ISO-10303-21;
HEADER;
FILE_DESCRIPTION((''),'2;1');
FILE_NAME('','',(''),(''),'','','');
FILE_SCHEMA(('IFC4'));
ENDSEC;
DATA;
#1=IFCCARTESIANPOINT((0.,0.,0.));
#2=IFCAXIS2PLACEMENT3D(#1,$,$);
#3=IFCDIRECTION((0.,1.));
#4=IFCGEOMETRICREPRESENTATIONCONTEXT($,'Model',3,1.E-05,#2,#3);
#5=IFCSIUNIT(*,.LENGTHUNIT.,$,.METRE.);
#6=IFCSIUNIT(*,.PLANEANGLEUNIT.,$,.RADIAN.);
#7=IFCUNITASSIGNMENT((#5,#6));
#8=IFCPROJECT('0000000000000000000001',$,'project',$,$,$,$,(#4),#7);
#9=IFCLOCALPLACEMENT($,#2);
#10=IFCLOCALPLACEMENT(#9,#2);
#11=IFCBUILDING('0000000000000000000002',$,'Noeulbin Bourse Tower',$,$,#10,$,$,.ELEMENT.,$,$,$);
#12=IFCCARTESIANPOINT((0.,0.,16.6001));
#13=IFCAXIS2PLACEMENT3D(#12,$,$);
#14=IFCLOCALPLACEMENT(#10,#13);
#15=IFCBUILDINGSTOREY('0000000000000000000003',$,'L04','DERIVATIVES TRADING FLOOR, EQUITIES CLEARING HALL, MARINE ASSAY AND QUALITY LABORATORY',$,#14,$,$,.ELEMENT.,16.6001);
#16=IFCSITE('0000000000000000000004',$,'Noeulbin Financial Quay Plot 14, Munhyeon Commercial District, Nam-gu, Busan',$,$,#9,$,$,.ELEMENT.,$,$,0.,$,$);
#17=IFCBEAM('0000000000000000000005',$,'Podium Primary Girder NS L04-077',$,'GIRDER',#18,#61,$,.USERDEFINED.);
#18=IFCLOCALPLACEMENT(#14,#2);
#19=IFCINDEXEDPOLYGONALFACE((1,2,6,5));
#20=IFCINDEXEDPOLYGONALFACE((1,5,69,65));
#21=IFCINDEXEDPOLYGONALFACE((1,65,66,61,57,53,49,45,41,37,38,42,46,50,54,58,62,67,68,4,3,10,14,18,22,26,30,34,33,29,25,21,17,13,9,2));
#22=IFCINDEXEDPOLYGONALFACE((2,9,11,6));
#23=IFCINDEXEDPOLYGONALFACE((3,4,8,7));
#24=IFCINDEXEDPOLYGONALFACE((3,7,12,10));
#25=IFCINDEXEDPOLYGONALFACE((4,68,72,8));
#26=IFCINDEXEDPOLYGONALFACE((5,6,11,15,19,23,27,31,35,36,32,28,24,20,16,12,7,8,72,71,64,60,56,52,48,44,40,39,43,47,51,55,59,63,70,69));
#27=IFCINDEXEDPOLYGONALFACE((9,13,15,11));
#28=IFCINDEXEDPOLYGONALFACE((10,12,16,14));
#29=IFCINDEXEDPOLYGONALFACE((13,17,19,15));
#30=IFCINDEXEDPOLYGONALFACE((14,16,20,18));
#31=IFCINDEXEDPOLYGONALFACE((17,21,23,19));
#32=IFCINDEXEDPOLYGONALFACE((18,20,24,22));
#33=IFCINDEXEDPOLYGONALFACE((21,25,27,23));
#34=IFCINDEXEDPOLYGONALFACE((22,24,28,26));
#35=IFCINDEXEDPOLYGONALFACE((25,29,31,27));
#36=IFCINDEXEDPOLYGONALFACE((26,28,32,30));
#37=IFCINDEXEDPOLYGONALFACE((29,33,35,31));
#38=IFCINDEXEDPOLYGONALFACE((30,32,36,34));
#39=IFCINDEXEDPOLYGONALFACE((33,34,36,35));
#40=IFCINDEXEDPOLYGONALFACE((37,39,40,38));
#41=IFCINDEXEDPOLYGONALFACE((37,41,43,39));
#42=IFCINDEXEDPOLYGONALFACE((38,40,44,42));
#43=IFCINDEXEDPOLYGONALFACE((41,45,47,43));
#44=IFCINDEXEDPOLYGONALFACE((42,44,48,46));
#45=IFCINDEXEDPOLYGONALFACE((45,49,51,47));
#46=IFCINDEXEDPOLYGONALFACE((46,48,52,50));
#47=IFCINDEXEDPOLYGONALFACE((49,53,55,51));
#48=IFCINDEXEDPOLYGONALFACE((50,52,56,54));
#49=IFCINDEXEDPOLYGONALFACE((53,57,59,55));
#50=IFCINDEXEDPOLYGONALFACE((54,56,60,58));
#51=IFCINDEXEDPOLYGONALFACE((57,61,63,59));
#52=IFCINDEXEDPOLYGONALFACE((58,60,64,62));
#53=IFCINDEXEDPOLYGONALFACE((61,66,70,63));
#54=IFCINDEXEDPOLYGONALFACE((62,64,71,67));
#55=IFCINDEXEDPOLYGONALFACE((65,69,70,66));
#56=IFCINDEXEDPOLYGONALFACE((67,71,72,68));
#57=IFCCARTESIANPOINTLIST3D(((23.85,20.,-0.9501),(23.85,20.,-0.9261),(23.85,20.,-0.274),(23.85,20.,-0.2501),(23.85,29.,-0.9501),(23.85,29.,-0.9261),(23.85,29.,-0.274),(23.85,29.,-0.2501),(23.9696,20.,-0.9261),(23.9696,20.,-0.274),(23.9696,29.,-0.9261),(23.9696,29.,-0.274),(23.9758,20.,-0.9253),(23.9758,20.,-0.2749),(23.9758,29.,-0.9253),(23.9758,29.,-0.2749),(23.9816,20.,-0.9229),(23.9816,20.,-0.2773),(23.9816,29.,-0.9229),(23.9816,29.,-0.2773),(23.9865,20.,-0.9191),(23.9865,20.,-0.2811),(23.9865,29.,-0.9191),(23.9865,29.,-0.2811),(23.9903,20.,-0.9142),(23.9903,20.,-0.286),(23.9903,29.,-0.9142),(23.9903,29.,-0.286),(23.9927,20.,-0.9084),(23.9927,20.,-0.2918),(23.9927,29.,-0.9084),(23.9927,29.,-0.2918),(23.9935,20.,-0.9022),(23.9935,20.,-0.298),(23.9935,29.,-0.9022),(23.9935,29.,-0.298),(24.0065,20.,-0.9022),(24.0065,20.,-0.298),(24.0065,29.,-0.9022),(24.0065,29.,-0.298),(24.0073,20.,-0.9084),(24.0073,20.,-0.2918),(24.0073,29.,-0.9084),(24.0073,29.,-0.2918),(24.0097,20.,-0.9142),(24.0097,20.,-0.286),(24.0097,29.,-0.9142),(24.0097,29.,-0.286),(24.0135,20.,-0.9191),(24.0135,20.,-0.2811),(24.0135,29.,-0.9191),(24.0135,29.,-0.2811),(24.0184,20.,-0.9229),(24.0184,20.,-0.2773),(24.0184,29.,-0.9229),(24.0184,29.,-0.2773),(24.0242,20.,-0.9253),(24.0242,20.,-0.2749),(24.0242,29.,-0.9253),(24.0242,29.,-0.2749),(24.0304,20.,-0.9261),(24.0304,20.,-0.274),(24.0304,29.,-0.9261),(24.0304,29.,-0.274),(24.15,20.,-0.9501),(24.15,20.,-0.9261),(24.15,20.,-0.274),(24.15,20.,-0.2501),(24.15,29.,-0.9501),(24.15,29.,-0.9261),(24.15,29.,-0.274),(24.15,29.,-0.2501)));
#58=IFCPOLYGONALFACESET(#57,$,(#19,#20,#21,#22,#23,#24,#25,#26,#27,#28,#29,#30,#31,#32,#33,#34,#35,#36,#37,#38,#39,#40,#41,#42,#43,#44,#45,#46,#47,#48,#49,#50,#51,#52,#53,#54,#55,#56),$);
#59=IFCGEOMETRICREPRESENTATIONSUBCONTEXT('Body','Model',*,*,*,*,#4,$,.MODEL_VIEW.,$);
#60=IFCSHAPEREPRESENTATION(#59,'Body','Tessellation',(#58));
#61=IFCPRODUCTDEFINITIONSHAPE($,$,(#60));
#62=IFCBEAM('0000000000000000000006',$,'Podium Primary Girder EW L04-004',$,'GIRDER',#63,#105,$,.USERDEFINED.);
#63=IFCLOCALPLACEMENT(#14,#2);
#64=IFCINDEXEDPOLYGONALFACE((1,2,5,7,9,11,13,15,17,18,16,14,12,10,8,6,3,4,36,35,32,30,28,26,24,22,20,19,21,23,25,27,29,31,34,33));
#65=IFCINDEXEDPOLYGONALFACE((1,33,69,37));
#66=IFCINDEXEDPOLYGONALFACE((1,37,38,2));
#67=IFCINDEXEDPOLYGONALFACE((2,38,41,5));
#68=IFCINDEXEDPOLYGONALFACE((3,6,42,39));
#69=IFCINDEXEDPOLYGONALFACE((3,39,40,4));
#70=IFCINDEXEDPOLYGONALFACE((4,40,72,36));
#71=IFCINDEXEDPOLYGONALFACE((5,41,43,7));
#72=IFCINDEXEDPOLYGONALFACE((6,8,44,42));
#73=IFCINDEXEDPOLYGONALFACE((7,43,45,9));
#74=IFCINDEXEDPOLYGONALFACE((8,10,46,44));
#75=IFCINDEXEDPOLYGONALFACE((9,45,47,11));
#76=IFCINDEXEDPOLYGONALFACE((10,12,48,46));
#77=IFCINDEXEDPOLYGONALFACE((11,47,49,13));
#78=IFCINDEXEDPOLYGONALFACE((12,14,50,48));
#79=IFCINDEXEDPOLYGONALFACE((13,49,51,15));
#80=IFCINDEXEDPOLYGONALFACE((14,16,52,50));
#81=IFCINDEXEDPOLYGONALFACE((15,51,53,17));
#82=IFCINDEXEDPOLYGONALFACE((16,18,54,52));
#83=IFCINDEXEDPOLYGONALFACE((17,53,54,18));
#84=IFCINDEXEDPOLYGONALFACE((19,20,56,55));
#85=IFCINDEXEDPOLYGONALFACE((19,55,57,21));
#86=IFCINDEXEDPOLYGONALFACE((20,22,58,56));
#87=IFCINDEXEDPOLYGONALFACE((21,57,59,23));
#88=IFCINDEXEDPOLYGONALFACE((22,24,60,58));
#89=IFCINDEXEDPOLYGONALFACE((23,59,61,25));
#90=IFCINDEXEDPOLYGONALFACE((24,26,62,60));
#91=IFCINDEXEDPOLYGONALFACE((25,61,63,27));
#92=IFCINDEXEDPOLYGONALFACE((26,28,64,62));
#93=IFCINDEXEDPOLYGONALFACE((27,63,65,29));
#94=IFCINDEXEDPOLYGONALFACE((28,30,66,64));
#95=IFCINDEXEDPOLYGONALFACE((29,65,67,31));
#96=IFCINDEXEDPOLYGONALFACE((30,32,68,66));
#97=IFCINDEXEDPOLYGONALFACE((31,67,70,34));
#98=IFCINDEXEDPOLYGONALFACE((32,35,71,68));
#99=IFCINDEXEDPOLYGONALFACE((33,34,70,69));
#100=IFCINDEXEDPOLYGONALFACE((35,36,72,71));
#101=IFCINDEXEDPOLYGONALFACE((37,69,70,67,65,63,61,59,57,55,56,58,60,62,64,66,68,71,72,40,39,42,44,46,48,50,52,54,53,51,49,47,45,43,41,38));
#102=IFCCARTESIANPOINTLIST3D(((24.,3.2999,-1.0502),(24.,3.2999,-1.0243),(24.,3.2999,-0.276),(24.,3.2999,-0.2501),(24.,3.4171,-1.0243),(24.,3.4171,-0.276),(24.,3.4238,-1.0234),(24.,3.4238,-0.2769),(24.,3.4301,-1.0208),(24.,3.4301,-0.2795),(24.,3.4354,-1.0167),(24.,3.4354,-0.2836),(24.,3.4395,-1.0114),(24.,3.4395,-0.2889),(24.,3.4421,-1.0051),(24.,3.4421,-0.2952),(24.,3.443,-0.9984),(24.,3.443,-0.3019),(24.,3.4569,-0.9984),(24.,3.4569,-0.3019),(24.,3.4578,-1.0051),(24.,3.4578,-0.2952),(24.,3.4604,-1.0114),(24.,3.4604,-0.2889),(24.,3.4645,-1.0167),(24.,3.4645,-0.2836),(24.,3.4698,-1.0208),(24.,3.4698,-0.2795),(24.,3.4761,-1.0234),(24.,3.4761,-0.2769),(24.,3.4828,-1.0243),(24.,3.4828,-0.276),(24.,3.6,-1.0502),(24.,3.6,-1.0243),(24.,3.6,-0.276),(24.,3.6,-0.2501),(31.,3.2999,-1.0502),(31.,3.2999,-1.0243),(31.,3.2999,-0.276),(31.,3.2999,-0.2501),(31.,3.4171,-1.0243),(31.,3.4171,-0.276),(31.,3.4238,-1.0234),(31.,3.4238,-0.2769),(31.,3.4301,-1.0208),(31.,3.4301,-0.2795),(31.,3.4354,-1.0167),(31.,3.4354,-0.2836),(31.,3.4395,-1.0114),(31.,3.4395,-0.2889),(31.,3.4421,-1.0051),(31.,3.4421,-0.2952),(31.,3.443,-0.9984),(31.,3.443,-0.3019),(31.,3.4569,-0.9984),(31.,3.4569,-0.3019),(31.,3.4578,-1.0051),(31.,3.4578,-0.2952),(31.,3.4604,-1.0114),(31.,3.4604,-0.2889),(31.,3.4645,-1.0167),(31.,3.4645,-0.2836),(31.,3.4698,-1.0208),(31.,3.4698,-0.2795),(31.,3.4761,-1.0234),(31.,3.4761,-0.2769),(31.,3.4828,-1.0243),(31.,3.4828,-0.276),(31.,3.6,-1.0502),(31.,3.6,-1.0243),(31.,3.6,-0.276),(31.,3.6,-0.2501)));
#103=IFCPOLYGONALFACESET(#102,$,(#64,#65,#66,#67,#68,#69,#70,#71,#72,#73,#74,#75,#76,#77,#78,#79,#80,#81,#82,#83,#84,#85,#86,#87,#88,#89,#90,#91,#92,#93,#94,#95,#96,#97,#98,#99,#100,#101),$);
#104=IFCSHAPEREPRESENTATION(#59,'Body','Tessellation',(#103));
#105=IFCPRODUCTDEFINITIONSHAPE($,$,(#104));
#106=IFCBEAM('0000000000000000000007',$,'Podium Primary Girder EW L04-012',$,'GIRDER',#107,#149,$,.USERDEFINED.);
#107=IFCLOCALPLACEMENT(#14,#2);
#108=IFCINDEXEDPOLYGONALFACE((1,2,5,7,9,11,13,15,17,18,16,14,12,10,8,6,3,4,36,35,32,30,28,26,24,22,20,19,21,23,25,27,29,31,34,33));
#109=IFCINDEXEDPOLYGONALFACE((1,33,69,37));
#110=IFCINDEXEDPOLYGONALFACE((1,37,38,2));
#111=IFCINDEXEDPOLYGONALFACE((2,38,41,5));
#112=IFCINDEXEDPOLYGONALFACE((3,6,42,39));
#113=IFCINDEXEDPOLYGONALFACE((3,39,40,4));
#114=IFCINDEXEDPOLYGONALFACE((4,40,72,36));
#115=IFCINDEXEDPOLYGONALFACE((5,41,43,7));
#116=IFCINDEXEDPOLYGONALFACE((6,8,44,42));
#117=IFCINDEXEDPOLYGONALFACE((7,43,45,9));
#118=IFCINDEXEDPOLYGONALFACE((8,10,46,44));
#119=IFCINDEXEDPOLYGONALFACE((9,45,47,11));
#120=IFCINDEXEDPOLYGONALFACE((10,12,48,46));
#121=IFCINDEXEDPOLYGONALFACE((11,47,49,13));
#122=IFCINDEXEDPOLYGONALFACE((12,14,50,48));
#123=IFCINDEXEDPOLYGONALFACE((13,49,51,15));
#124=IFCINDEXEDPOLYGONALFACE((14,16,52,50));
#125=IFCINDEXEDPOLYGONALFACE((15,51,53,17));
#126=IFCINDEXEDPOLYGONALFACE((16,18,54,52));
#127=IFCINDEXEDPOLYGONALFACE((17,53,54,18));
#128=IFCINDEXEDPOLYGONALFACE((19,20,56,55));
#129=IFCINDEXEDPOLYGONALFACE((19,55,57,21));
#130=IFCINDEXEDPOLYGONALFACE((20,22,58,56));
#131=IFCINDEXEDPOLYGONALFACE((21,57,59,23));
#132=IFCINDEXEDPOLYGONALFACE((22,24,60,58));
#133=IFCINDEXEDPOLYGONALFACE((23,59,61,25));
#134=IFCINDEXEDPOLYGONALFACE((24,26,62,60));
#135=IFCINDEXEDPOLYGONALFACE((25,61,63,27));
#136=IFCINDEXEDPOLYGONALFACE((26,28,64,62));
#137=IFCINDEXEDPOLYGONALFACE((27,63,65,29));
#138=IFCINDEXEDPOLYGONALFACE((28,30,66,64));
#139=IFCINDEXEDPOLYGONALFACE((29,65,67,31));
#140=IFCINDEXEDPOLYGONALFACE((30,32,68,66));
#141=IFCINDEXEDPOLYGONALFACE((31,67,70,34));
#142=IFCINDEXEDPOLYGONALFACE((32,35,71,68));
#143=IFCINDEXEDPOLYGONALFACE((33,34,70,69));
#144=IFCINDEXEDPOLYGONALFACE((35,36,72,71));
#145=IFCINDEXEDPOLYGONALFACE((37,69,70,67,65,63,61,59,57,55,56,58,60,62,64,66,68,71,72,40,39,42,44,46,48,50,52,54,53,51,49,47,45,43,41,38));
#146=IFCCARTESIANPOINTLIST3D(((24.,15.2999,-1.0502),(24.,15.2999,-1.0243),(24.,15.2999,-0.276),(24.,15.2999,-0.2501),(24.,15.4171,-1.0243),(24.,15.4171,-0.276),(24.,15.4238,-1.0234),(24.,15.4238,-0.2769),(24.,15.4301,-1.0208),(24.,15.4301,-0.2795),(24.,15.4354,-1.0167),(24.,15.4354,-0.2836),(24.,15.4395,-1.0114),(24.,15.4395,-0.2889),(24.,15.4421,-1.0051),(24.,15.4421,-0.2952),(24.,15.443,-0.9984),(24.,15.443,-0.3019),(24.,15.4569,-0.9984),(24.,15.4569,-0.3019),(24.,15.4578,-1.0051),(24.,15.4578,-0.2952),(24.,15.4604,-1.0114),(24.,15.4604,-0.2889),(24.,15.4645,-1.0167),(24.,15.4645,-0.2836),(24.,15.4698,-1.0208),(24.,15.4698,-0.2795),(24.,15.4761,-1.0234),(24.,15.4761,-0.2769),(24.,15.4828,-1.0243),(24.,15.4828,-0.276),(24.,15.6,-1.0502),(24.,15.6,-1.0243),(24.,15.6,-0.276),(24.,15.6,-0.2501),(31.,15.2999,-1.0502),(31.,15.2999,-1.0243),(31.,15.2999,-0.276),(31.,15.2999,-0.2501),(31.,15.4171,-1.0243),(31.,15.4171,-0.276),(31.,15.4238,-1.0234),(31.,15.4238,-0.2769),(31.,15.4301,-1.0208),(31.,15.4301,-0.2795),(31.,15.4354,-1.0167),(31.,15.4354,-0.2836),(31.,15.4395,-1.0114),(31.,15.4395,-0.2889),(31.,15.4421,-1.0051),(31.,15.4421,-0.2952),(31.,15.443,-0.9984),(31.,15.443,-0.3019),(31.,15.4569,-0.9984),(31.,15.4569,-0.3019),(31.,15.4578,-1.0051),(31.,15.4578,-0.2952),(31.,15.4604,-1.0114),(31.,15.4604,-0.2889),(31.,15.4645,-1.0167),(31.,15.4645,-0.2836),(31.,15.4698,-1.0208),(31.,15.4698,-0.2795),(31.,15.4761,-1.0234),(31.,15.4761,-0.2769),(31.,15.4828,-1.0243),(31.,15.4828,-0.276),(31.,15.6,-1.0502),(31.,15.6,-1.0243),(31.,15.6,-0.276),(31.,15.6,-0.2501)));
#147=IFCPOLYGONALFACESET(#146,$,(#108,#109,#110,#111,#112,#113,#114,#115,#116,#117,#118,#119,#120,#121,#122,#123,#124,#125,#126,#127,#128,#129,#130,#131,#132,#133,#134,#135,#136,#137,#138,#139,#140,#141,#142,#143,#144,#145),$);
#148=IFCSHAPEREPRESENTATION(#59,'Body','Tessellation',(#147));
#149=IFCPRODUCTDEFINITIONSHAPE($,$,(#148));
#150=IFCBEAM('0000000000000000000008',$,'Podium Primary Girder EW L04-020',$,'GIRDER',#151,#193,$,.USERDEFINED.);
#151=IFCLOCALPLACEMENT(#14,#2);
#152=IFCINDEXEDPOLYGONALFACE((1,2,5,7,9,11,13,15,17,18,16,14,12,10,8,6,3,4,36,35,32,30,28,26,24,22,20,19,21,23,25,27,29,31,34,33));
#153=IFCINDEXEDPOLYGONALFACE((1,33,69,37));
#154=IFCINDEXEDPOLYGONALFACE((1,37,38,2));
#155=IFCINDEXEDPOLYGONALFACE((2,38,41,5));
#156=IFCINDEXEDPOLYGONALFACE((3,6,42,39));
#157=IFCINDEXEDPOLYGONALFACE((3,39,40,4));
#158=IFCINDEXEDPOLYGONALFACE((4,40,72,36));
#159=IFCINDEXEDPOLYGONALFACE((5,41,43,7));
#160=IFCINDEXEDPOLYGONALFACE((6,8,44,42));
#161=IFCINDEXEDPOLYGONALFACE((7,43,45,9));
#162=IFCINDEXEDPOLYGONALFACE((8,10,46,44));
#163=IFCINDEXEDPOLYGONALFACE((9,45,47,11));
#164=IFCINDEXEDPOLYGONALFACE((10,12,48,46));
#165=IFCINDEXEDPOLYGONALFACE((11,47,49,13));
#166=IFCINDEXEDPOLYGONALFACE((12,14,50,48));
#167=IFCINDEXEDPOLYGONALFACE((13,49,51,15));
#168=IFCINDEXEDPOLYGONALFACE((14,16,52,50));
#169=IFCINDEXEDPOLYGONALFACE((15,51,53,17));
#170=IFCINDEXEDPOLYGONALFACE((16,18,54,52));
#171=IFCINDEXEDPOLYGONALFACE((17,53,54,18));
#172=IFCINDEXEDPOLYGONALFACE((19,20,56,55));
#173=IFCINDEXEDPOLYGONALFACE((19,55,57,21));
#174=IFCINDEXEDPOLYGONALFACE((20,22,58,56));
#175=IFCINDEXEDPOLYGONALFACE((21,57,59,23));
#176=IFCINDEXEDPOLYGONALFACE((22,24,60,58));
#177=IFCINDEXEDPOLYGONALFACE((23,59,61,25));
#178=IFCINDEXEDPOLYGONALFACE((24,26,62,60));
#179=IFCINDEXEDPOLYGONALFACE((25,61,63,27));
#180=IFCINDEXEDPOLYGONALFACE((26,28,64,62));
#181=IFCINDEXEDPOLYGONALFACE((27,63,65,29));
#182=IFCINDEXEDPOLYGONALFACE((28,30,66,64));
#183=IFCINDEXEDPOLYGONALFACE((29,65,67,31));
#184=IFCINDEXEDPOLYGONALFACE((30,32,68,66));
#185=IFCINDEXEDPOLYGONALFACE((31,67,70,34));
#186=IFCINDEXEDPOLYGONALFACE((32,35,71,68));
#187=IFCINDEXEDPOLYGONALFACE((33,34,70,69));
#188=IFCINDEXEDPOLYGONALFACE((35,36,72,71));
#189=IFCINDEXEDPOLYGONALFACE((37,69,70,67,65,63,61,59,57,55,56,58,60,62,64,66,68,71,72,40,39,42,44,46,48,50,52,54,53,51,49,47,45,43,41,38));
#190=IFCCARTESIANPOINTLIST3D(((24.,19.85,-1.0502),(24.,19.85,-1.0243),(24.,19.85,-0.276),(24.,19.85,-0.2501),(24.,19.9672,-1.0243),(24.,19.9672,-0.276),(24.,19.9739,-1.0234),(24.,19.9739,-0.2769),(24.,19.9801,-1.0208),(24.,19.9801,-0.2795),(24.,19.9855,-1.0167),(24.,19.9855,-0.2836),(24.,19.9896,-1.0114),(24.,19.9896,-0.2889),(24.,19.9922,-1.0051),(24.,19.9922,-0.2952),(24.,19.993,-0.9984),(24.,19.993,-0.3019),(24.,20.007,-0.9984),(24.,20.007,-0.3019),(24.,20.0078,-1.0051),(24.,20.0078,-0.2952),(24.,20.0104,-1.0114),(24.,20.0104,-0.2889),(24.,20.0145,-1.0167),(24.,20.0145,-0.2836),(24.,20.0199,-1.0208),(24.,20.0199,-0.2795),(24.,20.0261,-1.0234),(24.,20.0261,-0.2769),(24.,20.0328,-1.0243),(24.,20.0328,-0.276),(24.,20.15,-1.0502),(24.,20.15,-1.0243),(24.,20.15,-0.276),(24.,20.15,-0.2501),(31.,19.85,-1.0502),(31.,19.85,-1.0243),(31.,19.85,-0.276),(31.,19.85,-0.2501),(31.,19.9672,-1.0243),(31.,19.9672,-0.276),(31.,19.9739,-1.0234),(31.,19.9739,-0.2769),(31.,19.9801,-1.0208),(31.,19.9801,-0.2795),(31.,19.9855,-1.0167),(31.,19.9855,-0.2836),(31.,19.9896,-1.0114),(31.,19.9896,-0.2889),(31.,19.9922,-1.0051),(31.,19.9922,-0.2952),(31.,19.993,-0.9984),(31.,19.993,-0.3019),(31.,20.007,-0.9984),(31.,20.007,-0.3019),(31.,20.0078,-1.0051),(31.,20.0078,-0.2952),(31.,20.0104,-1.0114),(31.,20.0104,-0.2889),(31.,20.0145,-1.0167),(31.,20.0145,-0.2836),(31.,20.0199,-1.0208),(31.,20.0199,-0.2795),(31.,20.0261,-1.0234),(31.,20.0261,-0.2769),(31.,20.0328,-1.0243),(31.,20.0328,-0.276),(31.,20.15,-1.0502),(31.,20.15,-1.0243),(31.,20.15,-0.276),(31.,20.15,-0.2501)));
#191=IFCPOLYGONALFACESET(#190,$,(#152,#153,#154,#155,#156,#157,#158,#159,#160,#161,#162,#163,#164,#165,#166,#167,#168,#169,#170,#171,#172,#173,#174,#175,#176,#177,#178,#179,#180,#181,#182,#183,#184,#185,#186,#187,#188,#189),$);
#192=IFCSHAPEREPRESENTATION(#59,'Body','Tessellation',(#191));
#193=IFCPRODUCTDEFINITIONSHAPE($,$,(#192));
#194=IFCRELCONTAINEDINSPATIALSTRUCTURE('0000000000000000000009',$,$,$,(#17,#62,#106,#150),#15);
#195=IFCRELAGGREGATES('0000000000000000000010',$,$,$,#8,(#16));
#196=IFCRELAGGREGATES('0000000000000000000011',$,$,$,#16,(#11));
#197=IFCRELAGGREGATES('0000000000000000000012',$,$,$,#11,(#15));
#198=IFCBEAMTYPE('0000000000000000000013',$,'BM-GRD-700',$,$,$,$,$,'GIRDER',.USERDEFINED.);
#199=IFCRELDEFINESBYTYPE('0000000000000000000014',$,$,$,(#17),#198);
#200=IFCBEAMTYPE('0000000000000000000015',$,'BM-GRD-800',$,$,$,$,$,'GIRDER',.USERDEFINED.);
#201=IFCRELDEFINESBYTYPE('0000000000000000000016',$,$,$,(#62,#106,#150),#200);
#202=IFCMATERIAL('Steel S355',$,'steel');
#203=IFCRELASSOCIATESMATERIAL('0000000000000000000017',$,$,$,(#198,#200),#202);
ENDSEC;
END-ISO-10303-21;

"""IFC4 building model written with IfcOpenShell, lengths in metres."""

from ifc_helpers import new_model, si_unit, direction, frame, origin, origin_2d, place, context, subcontext, project, spatial, i_section, extrude, material, material_profile, profile_set, type_object, element, save


model = new_model("IFC4")

# Units and contexts
model_context = context("Model", 3, precision=1e-05, world=origin(), true_north=direction((0.0, 1.0)))
body_context = subcontext(model_context, "Body", "Model", "MODEL_VIEW")
ifc_project = project(units=[si_unit("LENGTHUNIT", "METRE"), si_unit("PLANEANGLEUNIT", "RADIAN")], contexts=[model_context])

# Site, building, storey
site_placement = place(None, origin())
site = spatial("IfcSite", under=ifc_project, at=site_placement, Name="Noeulbin Financial Quay Plot 14, Munhyeon Commercial District, Nam-gu, Busan", CompositionType="ELEMENT", RefElevation=0.0)
building_placement = place(site_placement, origin())
building = spatial("IfcBuilding", under=site, at=building_placement, Name="Noeulbin Bourse Tower", CompositionType="ELEMENT")
storey_placement = place(building_placement, frame((0.0, 0.0, 16.6001)))
storey = spatial("IfcBuildingStorey", under=building, at=storey_placement, Name="L04", Description="DERIVATIVES TRADING FLOOR, EQUITIES CLEARING HALL, MARINE ASSAY AND QUALITY LABORATORY", CompositionType="ELEMENT", Elevation=16.6001)

# Beams
ifc_material_1 = material(Name="Steel S355", Category="steel")
ifc_material_profile_1 = material_profile(ifc_material_1, i_section(OverallWidth=0.3, OverallDepth=0.7, WebThickness=0.0129, FlangeThickness=0.0239, FilletRadius=0.0239, at=origin_2d()), Name="H-700x300x13x24", Category="LoadBearing")
ifc_profile_set_1 = profile_set([ifc_material_profile_1], Name="Steel S355")
beam_type_1 = type_object("IfcBeamType", Name="BM-GRD-700", ElementType="GIRDER", PredefinedType="USERDEFINED", material=ifc_profile_set_1)
beam_1_placement = place(storey_placement, frame((24.0, 20.0, -0.6001), z_axis=(0.0, 1.0, 0.0), x_axis=(-1.0, 0.0, 0.0)))
element("IfcBeam", 1, at=beam_1_placement, inside=storey, type_object=beam_type_1, Name="Podium Primary Girder NS L04-077", ObjectType="GIRDER", PredefinedType="USERDEFINED", context=body_context, shape_type="SweptSolid", body=[
    extrude(i_section(OverallWidth=0.3, OverallDepth=0.7, WebThickness=0.0129, FlangeThickness=0.0239, FilletRadius=0.0239, at=origin_2d()), origin(), (0.0, 0.0, 1.0), 9.0),
])
ifc_material_profile_2 = material_profile(ifc_material_1, i_section(OverallWidth=0.3, OverallDepth=0.8, WebThickness=0.0139, FlangeThickness=0.0259, FilletRadius=0.0259, at=origin_2d()), Name="H-800x300x14x26", Category="LoadBearing")
ifc_profile_set_2 = profile_set([ifc_material_profile_2], Name="Steel S355")
beam_type_2 = type_object("IfcBeamType", Name="BM-GRD-800", ElementType="GIRDER", PredefinedType="USERDEFINED", material=ifc_profile_set_2)
for number, where, z_axis, x_axis, name in (
    (2, (24.0, 3.45, -0.6501), (1.0, 0.0, 0.0), (0.0, 1.0, 0.0), "Podium Primary Girder EW L04-004"),
    (3, (24.0, 15.45, -0.6501), (1.0, 0.0, 0.0), (0.0, 1.0, 0.0), "Podium Primary Girder EW L04-012"),
    (4, (24.0, 20.0, -0.6501), (1.0, 0.0, 0.0), (0.0, 1.0, 0.0), "Podium Primary Girder EW L04-020"),
):
    element("IfcBeam", number, at=place(storey_placement, frame(where, z_axis=z_axis, x_axis=x_axis)), inside=storey, type_object=beam_type_2, Name=name, ObjectType="GIRDER", PredefinedType="USERDEFINED", context=body_context, shape_type="SweptSolid", body=[
        extrude(i_section(OverallWidth=0.3, OverallDepth=0.8, WebThickness=0.0139, FlangeThickness=0.0259, FilletRadius=0.0259, at=origin_2d()), origin(), (0.0, 0.0, 1.0), 7.0),
    ])

save(model, "model.ifc")
